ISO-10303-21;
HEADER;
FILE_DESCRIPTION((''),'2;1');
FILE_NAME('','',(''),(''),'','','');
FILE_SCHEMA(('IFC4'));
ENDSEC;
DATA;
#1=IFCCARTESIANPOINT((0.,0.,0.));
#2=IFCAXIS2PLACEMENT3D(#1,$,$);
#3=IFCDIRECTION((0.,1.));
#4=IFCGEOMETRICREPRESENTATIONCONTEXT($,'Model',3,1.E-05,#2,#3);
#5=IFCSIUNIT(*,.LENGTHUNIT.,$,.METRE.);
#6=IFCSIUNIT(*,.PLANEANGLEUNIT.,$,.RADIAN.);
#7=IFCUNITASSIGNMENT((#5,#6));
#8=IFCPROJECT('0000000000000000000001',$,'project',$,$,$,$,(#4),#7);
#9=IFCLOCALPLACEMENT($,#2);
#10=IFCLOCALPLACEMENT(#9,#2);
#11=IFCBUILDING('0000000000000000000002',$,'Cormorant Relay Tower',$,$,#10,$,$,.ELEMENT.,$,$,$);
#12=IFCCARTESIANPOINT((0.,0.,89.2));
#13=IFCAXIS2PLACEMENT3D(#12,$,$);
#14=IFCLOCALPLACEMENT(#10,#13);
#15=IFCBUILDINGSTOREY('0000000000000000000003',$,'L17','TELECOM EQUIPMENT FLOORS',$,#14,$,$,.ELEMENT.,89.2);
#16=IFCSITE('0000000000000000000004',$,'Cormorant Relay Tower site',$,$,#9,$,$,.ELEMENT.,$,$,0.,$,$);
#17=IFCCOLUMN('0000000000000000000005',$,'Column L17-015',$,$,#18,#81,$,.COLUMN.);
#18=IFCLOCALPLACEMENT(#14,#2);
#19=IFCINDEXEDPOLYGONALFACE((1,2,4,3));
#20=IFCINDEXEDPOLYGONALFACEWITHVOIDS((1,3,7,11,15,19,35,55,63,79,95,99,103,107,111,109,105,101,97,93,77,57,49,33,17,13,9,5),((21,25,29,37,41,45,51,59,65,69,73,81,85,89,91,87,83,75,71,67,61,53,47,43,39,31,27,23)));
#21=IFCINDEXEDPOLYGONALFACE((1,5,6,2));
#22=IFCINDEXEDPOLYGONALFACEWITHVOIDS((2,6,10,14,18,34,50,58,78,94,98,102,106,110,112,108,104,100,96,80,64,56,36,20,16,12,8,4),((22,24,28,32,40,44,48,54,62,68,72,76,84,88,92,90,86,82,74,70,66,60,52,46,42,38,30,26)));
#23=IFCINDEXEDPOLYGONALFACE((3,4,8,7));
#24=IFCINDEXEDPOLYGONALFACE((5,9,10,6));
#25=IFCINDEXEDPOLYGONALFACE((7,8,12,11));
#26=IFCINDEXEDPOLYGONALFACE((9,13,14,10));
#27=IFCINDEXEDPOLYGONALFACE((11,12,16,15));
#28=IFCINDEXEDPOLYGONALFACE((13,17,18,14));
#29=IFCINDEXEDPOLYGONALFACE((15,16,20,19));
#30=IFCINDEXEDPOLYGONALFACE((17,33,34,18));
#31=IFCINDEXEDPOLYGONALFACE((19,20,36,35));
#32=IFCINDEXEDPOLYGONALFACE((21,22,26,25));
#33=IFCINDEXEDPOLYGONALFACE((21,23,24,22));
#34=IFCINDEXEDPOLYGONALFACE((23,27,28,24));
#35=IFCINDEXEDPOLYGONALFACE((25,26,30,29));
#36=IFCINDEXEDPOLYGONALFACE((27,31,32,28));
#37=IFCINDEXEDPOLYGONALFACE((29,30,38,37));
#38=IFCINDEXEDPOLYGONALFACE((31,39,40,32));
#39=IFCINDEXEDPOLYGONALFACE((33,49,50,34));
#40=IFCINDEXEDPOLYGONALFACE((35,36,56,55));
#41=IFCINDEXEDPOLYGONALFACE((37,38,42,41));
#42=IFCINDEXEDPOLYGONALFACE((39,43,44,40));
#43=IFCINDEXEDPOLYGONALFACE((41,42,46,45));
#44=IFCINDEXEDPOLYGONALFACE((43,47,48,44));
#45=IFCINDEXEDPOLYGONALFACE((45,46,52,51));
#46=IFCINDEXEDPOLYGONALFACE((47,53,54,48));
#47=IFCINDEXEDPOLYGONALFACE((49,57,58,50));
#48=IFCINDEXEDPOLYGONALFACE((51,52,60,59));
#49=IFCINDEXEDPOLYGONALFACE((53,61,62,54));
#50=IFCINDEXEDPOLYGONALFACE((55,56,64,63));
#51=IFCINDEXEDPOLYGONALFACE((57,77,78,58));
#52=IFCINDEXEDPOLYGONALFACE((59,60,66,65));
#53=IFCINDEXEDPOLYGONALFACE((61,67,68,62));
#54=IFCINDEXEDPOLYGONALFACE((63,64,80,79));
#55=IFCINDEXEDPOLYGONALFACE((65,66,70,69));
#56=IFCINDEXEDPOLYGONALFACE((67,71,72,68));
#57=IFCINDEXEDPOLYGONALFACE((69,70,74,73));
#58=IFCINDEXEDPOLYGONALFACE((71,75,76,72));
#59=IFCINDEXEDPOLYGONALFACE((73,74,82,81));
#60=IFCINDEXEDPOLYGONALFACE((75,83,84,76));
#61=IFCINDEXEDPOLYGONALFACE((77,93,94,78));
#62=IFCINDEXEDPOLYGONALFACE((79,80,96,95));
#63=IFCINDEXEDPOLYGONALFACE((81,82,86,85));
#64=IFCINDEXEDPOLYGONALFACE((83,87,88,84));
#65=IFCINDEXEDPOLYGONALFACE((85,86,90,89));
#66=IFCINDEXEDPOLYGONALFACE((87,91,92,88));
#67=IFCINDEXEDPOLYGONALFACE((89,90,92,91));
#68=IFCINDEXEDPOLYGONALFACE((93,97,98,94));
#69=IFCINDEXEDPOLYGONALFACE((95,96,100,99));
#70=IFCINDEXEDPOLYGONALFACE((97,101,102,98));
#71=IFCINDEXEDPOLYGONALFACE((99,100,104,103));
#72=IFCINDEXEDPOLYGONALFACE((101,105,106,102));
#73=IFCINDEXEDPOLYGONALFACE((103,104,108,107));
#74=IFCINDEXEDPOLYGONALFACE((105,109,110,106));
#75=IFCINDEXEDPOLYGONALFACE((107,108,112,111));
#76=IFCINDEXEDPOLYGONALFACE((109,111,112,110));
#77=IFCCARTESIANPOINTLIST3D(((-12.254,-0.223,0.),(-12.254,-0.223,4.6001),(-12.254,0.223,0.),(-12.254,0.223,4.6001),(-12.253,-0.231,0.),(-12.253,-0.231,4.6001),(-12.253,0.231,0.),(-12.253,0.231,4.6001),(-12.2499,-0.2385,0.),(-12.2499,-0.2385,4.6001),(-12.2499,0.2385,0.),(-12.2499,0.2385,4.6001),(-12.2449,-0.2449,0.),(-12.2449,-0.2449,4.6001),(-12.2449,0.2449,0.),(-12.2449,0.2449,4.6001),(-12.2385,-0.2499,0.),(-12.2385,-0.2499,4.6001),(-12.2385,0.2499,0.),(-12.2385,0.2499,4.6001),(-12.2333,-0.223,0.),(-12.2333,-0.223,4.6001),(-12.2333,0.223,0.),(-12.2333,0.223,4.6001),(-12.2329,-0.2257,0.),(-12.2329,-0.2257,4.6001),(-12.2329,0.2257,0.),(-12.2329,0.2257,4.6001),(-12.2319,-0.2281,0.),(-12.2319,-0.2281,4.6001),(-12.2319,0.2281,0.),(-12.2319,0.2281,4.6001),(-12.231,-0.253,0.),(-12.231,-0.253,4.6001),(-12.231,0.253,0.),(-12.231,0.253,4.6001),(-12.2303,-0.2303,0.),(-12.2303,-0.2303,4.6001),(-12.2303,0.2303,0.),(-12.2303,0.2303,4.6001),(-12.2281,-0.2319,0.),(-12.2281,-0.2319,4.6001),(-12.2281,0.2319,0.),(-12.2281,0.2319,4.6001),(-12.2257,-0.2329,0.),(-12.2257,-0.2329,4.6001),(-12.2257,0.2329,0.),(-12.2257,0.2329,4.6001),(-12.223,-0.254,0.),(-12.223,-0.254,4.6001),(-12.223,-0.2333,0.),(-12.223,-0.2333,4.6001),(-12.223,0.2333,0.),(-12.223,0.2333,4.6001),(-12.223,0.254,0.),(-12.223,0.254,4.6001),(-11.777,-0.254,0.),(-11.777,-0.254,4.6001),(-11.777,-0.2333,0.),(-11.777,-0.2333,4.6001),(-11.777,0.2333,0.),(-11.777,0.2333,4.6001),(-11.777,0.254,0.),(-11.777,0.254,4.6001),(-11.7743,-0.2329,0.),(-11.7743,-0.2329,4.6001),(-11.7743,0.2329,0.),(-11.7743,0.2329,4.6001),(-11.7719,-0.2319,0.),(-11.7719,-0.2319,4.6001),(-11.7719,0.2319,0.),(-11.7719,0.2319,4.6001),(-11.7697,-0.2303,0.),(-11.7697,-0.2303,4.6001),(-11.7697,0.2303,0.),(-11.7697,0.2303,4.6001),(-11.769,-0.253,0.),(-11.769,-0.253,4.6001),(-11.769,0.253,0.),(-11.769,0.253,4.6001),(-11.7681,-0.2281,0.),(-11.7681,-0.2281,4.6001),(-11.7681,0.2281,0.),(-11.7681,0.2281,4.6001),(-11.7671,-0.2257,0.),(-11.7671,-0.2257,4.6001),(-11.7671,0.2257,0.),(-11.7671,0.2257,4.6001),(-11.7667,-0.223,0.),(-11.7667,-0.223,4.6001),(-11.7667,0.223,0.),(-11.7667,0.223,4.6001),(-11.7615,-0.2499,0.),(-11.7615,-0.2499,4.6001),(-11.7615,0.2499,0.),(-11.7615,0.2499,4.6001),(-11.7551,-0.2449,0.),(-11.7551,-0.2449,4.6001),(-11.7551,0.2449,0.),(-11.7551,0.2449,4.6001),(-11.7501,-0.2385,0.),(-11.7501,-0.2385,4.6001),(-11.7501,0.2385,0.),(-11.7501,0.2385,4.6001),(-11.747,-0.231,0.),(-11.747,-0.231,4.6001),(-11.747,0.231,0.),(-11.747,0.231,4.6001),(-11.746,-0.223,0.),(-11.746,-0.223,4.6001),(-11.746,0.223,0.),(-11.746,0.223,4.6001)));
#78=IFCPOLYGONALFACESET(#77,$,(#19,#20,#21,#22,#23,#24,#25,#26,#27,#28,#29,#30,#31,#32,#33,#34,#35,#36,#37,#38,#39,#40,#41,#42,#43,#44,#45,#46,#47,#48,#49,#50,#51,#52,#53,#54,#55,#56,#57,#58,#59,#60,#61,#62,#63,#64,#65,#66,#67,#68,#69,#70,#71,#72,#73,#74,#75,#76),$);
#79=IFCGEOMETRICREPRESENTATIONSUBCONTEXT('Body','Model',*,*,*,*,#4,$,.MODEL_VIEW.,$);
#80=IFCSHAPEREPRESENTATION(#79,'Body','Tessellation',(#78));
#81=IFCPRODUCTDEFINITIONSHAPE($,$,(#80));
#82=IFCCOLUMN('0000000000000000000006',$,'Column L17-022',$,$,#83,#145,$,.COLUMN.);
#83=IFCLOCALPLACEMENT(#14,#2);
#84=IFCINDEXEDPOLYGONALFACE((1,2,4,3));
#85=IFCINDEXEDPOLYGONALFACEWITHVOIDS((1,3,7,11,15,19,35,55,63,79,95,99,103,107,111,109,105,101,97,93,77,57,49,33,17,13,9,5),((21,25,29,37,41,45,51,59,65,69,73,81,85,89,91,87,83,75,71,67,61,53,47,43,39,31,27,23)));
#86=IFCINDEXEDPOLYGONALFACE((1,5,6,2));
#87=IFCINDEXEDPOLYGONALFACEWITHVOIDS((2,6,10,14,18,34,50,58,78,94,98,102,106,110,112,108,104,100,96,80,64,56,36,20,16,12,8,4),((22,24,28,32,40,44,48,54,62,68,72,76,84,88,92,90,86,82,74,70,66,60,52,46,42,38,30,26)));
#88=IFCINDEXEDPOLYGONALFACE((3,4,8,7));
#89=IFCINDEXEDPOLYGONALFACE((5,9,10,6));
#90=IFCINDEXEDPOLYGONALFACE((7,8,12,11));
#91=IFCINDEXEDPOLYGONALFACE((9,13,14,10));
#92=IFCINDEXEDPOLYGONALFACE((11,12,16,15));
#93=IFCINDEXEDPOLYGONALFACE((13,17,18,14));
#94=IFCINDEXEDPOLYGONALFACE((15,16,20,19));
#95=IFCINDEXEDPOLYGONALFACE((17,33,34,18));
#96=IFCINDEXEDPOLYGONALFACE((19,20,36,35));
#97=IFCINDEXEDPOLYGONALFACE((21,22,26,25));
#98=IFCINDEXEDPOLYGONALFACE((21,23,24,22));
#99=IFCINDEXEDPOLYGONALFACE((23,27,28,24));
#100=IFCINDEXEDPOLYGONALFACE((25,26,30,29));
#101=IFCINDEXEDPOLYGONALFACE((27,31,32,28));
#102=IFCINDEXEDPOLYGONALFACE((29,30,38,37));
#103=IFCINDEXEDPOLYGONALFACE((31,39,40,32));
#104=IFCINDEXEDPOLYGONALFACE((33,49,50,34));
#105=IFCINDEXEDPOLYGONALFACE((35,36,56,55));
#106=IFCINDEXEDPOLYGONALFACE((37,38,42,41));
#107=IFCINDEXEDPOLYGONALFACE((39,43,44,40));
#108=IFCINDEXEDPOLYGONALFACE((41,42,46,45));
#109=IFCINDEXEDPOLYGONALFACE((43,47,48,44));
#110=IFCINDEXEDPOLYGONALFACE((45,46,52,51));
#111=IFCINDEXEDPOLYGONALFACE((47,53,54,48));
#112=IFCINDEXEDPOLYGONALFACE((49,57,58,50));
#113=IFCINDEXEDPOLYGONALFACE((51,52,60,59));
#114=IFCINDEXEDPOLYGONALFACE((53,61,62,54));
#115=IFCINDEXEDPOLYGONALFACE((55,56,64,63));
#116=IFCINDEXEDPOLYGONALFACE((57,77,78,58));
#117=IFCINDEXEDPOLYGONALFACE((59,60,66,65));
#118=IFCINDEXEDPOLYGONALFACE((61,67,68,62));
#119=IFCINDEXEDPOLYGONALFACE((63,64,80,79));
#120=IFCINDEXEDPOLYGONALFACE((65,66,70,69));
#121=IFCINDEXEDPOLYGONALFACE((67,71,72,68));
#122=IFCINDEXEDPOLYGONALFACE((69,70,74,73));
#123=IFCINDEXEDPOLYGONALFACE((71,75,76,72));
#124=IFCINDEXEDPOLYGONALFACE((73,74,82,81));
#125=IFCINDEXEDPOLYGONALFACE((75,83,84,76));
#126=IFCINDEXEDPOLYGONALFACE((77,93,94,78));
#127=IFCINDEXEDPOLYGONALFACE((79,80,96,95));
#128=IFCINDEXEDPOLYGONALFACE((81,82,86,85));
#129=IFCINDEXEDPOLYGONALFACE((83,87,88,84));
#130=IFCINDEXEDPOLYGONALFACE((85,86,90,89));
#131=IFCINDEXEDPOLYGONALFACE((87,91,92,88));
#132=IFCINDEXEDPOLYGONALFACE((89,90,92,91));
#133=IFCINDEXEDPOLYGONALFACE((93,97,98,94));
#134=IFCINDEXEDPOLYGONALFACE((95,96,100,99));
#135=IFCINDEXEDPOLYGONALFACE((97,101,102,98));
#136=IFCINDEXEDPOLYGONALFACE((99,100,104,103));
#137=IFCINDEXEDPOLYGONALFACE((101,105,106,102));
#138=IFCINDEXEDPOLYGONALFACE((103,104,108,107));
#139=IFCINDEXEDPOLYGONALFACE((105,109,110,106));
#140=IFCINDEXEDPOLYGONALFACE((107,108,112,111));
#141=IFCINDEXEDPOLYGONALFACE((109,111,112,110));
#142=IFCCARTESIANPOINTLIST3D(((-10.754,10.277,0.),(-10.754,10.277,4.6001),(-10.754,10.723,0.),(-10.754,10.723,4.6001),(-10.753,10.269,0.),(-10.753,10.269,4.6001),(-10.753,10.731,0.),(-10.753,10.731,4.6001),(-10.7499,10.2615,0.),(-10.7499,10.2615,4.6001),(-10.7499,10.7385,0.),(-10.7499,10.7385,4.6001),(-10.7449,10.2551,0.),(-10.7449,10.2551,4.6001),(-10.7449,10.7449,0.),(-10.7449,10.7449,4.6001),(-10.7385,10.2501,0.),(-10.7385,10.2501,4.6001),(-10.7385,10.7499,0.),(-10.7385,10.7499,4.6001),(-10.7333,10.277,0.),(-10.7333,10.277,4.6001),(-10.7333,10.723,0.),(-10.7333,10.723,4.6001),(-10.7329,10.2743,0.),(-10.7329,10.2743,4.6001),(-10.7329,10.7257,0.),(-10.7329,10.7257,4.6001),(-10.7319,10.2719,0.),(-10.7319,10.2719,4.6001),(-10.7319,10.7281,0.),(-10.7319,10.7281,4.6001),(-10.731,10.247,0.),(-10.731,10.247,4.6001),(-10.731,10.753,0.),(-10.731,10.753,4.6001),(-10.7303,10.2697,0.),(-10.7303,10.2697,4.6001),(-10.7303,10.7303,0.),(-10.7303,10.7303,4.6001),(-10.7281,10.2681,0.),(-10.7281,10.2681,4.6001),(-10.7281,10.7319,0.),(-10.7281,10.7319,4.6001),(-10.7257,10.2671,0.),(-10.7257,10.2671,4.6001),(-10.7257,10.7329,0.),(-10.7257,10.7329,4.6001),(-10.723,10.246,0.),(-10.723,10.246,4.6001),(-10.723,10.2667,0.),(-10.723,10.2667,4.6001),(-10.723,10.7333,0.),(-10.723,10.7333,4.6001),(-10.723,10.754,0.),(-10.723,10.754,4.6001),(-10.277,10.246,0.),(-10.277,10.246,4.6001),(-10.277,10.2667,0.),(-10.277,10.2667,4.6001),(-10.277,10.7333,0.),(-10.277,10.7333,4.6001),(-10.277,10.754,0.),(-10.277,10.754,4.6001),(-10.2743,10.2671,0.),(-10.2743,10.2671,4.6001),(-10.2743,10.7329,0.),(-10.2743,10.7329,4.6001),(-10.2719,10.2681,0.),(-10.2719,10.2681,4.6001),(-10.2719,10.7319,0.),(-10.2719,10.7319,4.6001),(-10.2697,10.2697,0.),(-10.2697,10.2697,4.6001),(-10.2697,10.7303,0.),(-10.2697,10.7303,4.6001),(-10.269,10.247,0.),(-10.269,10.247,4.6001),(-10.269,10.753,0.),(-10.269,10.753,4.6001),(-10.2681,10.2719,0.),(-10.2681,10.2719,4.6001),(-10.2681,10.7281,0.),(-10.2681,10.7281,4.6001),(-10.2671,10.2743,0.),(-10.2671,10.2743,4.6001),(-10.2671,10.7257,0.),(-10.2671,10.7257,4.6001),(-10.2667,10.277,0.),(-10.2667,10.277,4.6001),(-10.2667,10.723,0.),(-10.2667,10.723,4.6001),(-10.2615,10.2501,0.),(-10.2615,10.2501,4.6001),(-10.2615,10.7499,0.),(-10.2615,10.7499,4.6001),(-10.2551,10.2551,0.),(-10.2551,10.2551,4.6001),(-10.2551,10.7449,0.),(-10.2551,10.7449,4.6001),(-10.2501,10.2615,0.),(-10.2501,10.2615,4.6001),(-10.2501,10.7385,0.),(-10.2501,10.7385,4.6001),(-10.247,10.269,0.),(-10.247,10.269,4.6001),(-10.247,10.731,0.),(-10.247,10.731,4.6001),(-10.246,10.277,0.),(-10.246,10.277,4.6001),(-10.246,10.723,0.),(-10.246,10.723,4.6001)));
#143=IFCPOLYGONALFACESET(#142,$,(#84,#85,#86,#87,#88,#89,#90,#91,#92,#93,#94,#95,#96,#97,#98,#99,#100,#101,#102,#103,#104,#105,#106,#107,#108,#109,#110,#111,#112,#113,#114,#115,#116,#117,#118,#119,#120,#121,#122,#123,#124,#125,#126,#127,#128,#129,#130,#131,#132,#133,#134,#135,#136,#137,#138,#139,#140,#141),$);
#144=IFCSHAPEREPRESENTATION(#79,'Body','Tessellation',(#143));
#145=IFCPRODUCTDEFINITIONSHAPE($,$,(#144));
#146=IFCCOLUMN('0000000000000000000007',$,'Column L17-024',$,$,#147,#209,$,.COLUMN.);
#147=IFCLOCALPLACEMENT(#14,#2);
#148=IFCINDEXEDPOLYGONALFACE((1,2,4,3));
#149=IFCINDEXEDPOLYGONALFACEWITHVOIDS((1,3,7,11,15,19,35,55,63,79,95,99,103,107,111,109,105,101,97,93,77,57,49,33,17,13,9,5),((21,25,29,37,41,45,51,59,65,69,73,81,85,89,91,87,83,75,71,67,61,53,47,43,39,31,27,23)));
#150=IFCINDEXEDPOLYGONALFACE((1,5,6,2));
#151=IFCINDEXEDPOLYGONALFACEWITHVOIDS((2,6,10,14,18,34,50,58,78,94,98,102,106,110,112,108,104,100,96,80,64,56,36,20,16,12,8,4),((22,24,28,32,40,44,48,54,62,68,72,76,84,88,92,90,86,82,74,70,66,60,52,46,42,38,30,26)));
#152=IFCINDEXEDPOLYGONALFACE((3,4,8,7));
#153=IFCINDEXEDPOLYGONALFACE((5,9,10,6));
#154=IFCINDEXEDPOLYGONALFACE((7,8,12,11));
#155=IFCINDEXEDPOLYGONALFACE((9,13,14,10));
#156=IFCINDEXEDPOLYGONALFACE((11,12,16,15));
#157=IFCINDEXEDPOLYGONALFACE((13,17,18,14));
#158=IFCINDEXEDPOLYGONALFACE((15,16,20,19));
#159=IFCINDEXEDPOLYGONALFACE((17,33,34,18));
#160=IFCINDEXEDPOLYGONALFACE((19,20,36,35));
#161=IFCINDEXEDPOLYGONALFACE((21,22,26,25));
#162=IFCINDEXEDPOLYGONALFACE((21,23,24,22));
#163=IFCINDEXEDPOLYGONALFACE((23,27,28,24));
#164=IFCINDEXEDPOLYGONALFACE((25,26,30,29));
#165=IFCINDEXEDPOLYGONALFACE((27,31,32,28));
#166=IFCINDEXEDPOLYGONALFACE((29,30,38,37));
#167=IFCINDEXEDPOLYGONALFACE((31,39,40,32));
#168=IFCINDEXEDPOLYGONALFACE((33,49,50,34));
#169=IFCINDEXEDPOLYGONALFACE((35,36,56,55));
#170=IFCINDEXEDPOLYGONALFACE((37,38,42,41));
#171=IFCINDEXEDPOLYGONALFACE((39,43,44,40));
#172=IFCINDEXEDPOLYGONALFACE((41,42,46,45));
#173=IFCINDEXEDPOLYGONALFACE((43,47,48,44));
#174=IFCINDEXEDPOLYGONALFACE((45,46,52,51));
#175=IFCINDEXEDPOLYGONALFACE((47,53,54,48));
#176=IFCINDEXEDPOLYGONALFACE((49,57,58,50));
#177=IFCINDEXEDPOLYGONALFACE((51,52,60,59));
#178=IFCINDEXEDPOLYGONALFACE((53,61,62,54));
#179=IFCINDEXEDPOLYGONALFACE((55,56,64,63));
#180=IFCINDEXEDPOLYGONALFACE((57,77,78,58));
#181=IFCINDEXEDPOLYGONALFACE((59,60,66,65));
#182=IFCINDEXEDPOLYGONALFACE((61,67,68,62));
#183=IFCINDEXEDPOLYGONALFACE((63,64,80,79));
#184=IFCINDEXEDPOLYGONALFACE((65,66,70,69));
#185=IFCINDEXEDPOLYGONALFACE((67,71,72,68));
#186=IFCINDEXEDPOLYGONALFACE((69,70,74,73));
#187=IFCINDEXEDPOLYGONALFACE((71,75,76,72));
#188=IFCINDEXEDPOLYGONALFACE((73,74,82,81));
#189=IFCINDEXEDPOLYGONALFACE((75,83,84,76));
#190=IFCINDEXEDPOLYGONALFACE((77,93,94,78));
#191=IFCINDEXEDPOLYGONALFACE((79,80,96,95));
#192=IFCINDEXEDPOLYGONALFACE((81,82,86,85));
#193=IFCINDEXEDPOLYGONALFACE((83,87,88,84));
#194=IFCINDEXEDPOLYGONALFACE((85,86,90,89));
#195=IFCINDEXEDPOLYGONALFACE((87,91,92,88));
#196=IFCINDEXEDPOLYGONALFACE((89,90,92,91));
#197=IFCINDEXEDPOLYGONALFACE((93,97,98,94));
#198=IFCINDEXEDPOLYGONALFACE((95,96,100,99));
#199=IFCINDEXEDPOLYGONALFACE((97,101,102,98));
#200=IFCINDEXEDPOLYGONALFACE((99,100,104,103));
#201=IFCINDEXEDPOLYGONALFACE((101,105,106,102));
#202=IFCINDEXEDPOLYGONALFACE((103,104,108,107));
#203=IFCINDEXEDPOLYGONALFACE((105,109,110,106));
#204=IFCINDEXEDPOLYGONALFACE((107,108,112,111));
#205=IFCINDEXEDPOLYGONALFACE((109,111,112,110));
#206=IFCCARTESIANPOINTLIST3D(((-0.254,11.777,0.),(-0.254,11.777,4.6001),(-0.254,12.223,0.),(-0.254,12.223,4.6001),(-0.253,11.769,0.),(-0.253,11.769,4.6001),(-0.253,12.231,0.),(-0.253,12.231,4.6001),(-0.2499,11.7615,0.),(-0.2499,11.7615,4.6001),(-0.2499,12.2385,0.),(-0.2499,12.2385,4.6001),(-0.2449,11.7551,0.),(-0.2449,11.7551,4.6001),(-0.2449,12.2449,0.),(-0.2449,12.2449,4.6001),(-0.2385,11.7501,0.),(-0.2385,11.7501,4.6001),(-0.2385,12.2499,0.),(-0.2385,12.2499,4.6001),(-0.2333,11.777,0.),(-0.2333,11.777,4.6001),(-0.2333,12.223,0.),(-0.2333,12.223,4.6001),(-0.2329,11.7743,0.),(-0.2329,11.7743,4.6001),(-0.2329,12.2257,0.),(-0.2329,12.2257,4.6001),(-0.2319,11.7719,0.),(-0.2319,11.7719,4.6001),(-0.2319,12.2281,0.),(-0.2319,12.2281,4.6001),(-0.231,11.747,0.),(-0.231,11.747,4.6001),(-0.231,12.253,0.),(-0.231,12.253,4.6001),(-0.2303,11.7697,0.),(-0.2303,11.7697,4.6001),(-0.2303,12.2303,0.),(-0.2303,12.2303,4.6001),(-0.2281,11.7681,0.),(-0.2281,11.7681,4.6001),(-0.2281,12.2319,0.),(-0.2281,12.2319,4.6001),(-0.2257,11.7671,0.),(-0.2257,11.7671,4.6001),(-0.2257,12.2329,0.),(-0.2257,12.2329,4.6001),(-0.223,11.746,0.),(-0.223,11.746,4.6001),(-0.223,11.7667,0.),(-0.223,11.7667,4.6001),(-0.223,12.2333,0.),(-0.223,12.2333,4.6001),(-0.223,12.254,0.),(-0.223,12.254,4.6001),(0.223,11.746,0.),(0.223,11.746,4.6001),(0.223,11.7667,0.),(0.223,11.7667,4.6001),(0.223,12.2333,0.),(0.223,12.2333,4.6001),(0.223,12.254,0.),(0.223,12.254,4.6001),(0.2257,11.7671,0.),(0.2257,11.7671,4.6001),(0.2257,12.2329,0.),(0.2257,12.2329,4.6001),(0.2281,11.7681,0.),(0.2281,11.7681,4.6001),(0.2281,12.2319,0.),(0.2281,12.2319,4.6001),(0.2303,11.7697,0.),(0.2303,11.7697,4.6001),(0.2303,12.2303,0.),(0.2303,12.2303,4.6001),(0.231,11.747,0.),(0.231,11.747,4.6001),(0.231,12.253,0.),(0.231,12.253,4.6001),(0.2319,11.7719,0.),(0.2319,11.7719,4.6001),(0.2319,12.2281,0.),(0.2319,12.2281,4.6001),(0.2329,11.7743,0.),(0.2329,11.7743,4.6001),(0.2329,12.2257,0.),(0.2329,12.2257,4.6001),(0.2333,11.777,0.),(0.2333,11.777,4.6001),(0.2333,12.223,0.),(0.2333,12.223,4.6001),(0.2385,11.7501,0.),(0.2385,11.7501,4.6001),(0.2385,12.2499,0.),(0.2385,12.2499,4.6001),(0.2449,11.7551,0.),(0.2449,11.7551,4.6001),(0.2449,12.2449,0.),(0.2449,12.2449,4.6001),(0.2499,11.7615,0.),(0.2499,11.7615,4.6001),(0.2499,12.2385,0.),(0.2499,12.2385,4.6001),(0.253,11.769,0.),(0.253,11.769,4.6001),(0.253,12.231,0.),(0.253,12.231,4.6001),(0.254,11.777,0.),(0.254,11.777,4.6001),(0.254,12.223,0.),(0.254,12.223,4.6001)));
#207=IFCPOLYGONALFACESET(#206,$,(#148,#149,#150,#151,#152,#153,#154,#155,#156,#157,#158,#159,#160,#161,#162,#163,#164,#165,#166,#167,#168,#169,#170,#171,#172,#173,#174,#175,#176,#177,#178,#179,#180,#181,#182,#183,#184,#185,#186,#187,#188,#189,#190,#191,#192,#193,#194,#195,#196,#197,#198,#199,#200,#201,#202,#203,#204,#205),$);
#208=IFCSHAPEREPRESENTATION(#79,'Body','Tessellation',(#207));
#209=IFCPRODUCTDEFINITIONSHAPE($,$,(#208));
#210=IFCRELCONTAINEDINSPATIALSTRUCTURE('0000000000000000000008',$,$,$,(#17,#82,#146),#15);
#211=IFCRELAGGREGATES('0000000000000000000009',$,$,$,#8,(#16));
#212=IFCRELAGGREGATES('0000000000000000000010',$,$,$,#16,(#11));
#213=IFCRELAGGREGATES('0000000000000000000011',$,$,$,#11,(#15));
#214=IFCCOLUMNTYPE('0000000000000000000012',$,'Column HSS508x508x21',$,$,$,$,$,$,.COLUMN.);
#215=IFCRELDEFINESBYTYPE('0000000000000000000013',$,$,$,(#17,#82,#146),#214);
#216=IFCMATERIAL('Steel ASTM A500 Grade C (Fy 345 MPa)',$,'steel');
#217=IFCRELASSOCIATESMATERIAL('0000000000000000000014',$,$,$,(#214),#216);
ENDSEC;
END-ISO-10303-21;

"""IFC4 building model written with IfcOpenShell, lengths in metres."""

from ifc_helpers import new_model, si_unit, direction, frame, origin, origin_2d, place, context, subcontext, project, spatial, hollow_rectangle, extrude, material, material_profile, profile_set, type_object, element, save


model = new_model("IFC4")

# Units and contexts
model_context = context("Model", 3, precision=1e-05, world=origin(), true_north=direction((0.0, 1.0)))
body_context = subcontext(model_context, "Body", "Model", "MODEL_VIEW")
ifc_project = project(units=[si_unit("LENGTHUNIT", "METRE"), si_unit("PLANEANGLEUNIT", "RADIAN")], contexts=[model_context])

# Site, building, storey
site_placement = place(None, origin())
site = spatial("IfcSite", under=ifc_project, at=site_placement, Name="Cormorant Relay Tower site", CompositionType="ELEMENT", RefElevation=0.0)
building_placement = place(site_placement, origin())
building = spatial("IfcBuilding", under=site, at=building_placement, Name="Cormorant Relay Tower", CompositionType="ELEMENT")
storey_placement = place(building_placement, frame((0.0, 0.0, 89.2)))
storey = spatial("IfcBuildingStorey", under=building, at=storey_placement, Name="L17", Description="TELECOM EQUIPMENT FLOORS", CompositionType="ELEMENT", Elevation=89.2)

# Columns
ifc_material_1 = material(Name="Steel ASTM A500 Grade C (Fy 345 MPa)", Category="steel")
ifc_material_profile = material_profile(ifc_material_1, hollow_rectangle(XDim=0.5081, YDim=0.5081, WallThickness=0.0208, InnerFilletRadius=0.0103, OuterFilletRadius=0.031, at=origin_2d()), Name="HSS508x508x21")
ifc_profile_set = profile_set([ifc_material_profile], Name="Steel ASTM A500 Grade C (Fy 345 MPa)")
column_type = type_object("IfcColumnType", Name="Column HSS508x508x21", PredefinedType="COLUMN", material=ifc_profile_set)
for number, where, z_axis, x_axis, name in (
    (1, (-12.0, 0.0, 0.0), (0.0, 0.0, 1.0), (1.0, 0.0, 0.0), "Column L17-015"),
    (2, (-10.5, 10.5, 0.0), (0.0, 0.0, 1.0), (1.0, 0.0, 0.0), "Column L17-022"),
    (3, (0.0, 12.0, 0.0), (0.0, 0.0, 1.0), (1.0, 0.0, 0.0), "Column L17-024"),
):
    element("IfcColumn", number, at=place(storey_placement, frame(where, z_axis=z_axis, x_axis=x_axis)), inside=storey, type_object=column_type, Name=name, PredefinedType="COLUMN", context=body_context, shape_type="SweptSolid", body=[
        extrude(hollow_rectangle(XDim=0.5081, YDim=0.5081, WallThickness=0.0208, InnerFilletRadius=0.0103, OuterFilletRadius=0.031, at=origin_2d()), origin(), (0.0, 0.0, 1.0), 4.6001),
    ])

save(model, "model.ifc")
